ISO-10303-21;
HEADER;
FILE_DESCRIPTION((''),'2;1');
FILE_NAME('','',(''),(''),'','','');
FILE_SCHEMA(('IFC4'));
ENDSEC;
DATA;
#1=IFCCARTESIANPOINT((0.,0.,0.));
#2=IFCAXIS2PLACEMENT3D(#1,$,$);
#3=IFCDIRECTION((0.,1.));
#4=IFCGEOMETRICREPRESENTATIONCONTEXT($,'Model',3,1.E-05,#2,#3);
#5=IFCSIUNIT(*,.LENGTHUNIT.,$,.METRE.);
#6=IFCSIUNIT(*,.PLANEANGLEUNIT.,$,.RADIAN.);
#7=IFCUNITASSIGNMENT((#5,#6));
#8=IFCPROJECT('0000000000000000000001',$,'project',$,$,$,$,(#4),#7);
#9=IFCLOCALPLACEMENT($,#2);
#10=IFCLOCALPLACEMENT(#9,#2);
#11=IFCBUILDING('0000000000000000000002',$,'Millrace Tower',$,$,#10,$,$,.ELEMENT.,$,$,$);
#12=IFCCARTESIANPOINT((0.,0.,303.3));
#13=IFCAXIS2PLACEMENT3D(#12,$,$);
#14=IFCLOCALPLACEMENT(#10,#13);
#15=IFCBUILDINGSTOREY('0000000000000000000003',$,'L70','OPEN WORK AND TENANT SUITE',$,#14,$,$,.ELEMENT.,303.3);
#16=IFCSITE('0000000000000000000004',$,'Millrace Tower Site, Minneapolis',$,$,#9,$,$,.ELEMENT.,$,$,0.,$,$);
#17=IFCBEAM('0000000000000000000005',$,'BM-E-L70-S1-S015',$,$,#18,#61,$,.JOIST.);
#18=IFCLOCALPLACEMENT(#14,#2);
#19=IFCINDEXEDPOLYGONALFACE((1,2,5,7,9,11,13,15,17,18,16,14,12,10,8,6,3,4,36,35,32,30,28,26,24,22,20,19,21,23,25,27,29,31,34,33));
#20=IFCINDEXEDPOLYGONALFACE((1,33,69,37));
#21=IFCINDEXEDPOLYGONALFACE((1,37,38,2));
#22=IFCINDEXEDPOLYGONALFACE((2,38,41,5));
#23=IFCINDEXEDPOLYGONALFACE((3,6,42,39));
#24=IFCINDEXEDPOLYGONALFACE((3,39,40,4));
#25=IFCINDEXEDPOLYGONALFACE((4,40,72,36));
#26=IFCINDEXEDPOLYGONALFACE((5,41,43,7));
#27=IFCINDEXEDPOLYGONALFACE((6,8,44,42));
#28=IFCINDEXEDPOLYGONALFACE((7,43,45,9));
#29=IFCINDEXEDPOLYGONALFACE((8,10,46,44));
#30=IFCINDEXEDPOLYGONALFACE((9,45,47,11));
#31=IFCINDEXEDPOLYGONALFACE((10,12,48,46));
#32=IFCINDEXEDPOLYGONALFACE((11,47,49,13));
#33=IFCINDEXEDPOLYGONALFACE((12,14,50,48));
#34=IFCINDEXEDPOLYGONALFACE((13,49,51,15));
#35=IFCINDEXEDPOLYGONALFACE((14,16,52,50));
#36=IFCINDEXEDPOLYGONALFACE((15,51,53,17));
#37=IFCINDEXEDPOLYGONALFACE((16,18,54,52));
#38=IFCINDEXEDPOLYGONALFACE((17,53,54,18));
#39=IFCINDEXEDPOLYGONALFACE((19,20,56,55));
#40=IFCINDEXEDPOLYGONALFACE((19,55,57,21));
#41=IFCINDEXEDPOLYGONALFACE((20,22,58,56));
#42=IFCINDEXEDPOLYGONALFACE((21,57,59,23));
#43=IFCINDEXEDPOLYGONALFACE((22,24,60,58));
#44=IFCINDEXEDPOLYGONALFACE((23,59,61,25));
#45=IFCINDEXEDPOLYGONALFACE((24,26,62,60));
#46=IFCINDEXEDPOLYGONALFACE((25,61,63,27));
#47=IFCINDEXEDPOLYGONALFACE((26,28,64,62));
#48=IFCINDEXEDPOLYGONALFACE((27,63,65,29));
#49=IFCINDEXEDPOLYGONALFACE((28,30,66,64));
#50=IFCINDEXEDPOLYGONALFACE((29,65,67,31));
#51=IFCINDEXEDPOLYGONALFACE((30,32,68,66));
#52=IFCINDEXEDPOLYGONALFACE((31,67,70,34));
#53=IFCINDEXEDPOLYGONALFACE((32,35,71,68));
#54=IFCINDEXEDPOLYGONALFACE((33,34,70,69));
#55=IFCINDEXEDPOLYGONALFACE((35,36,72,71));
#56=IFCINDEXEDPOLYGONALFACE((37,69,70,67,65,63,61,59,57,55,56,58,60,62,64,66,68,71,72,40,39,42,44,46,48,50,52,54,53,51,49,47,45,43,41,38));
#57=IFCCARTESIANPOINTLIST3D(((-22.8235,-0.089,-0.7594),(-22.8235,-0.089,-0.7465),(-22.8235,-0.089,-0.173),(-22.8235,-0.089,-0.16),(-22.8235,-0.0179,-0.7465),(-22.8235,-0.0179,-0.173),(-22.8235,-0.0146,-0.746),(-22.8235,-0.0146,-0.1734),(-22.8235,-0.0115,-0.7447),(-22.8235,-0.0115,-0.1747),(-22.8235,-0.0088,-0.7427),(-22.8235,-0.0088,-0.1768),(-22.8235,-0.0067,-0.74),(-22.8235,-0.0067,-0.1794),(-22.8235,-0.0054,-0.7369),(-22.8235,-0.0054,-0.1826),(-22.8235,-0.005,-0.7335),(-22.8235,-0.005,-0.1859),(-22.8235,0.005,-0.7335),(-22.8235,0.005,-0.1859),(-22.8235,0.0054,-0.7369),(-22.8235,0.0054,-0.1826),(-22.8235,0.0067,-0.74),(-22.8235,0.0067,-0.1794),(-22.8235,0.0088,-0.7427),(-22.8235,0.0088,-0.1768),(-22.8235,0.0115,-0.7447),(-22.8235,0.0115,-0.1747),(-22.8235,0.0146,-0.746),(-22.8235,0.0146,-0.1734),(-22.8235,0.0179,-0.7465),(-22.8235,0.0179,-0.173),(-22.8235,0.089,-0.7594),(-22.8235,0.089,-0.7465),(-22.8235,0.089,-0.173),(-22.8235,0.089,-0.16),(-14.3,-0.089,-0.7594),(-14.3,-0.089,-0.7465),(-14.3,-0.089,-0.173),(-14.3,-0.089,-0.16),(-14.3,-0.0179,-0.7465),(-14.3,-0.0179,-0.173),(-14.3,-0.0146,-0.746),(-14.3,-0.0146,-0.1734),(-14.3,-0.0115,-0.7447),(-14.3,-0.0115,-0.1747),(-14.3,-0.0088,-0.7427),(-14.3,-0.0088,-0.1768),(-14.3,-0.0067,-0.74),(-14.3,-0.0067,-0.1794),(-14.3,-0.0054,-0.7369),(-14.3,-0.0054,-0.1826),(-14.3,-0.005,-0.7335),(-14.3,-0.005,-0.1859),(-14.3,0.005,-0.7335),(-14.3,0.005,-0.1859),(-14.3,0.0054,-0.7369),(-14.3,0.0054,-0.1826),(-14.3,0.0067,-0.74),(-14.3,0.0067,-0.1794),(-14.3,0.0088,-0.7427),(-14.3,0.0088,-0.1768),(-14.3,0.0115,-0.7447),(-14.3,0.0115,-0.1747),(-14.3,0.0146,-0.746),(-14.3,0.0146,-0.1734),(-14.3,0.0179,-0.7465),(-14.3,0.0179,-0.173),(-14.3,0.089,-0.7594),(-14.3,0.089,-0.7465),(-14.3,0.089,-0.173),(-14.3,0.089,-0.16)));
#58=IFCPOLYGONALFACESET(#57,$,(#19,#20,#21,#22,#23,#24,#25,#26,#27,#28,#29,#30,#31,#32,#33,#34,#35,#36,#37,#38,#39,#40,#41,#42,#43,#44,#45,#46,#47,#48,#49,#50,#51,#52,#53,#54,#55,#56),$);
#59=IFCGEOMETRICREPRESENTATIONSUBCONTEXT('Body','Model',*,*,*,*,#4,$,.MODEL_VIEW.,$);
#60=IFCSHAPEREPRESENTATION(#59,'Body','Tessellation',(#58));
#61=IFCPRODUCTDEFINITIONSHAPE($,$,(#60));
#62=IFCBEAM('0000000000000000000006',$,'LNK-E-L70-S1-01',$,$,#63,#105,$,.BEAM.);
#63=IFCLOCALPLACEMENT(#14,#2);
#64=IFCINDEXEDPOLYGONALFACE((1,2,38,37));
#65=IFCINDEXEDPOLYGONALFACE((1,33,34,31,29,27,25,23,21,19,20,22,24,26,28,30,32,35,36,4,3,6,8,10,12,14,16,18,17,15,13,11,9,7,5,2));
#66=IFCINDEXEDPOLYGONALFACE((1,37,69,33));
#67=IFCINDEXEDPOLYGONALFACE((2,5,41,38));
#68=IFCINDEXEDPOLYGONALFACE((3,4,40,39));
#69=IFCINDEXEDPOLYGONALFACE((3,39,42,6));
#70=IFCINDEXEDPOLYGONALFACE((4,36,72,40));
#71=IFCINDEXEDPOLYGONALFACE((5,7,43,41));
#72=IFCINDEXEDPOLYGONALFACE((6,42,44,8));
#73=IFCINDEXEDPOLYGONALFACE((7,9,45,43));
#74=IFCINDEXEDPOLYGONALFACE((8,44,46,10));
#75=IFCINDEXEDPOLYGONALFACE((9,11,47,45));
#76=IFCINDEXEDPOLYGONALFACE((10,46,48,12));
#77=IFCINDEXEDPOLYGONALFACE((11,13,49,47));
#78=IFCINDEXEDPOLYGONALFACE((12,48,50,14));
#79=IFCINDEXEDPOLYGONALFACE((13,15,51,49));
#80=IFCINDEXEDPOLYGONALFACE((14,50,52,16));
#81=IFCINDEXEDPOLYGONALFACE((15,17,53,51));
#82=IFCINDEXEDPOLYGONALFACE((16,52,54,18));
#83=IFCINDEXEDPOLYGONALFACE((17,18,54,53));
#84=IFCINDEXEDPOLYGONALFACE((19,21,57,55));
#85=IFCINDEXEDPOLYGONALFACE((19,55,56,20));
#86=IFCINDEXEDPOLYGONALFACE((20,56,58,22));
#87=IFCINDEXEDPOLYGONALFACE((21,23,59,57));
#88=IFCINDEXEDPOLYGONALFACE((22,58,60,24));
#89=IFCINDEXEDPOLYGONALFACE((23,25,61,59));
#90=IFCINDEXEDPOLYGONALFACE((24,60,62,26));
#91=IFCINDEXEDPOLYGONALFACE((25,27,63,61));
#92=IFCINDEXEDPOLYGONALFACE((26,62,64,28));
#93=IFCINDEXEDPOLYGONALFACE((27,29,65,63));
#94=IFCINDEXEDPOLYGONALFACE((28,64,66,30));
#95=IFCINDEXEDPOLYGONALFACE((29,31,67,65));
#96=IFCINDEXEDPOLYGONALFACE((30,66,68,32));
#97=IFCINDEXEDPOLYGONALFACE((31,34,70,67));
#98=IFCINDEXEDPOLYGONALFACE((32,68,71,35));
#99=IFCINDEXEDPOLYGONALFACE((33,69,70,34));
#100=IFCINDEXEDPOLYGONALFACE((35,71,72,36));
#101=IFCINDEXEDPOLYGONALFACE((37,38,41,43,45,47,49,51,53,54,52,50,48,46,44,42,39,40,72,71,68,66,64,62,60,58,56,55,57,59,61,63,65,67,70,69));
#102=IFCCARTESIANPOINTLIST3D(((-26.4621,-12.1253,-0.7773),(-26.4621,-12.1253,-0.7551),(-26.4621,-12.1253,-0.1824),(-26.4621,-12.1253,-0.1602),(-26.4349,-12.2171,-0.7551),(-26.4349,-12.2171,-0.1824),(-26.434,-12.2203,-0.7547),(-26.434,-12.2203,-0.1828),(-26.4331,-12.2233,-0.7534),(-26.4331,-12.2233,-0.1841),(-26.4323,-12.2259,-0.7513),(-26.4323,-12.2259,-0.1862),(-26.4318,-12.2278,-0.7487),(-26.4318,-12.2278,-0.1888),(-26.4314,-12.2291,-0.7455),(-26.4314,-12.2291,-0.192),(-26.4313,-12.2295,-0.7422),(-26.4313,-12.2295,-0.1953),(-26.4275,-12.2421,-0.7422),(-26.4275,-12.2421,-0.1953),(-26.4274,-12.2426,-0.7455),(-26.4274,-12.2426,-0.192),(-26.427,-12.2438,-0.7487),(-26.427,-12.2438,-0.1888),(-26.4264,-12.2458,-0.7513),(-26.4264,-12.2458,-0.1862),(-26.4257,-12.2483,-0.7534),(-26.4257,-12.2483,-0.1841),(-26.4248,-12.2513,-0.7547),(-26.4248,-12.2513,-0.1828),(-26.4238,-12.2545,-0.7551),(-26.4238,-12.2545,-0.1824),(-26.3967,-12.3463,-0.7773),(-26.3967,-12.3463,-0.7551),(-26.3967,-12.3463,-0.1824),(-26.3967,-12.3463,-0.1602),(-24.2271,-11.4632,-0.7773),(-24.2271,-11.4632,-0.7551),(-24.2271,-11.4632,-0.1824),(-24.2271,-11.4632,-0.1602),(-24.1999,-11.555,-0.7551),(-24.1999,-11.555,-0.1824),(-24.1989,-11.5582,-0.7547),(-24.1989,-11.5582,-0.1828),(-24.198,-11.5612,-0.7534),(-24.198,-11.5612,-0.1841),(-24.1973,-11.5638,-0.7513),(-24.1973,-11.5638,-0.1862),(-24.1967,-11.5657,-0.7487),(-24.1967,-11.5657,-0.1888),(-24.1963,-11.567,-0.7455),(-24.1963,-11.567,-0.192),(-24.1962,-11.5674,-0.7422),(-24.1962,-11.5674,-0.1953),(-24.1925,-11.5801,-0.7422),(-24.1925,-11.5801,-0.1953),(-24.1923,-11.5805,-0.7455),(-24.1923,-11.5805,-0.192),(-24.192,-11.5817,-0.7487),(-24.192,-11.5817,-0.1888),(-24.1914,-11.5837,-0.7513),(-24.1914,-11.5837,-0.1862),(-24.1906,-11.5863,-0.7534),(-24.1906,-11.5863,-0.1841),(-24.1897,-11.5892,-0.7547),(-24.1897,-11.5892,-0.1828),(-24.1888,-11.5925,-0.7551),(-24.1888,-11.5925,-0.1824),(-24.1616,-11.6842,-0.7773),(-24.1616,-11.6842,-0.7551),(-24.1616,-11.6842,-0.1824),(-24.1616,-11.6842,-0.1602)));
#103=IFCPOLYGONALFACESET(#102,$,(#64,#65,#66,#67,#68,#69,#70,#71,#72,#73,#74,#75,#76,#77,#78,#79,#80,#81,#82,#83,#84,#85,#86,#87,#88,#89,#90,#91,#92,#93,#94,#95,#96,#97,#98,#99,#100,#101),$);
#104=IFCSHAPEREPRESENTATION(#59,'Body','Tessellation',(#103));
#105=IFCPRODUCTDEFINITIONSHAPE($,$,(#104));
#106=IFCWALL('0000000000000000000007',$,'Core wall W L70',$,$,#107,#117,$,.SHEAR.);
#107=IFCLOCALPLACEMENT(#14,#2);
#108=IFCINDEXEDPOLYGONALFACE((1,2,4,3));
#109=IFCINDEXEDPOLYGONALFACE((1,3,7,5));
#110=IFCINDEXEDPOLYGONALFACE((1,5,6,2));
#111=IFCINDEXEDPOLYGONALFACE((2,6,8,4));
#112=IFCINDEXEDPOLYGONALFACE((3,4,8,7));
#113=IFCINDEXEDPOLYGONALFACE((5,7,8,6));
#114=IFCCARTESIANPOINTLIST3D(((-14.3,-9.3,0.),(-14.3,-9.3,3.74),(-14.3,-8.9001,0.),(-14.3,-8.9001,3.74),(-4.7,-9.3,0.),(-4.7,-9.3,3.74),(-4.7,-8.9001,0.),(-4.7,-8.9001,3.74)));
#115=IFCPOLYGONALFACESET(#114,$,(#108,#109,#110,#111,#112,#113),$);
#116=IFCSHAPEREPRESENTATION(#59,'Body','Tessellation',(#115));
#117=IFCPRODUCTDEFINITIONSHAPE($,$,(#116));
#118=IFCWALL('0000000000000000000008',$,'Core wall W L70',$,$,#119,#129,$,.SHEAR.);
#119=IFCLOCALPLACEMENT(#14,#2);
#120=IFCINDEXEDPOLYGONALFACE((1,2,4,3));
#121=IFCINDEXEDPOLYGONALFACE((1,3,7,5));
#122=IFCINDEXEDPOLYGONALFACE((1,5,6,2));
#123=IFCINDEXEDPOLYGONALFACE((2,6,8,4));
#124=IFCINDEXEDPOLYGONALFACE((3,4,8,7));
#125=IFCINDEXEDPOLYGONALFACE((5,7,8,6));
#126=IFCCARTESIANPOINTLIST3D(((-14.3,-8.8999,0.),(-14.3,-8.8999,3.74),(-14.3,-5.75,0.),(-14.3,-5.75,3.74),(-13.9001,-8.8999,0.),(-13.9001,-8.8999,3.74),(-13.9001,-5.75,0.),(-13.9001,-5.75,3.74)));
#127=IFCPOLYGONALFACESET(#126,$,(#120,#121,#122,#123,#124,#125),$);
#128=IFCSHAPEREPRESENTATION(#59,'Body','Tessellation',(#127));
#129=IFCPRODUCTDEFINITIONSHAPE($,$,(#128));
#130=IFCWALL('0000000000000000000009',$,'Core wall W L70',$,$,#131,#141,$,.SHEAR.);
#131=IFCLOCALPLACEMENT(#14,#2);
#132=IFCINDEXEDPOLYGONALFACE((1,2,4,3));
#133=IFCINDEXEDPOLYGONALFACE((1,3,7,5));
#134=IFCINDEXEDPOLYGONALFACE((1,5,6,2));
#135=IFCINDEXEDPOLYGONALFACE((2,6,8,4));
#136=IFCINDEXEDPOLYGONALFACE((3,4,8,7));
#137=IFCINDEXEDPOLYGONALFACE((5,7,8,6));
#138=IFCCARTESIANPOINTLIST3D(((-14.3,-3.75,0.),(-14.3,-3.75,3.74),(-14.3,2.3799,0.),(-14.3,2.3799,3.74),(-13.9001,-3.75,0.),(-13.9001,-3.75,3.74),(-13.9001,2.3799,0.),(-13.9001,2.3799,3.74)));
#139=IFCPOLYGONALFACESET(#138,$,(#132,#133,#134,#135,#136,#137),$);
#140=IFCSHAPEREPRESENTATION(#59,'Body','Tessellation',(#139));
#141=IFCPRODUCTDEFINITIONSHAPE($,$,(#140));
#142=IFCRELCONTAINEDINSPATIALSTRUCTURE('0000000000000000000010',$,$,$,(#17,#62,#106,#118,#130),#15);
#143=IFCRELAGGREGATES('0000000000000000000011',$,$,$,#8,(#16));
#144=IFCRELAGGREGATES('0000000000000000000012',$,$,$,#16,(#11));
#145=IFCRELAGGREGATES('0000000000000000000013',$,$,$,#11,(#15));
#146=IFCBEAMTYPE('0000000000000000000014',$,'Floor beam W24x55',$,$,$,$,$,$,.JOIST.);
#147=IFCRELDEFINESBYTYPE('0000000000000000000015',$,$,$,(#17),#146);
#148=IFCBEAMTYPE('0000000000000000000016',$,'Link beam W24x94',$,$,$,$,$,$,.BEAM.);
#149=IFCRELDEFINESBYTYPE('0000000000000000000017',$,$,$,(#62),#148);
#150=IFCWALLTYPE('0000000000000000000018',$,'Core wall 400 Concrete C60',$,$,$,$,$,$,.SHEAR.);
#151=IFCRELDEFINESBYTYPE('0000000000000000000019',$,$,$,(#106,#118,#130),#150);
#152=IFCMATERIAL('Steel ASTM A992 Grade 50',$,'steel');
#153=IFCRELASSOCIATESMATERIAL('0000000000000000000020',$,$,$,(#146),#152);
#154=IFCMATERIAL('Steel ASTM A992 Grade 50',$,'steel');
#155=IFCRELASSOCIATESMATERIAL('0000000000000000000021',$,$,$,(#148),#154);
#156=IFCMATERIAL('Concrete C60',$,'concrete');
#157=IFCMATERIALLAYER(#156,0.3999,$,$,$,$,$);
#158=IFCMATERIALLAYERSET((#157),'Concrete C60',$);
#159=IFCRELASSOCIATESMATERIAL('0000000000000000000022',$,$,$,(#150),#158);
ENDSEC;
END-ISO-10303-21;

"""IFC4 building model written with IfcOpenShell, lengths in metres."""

from ifc_helpers import new_model, si_unit, direction, frame, frame_2d, origin, origin_2d, place, context, subcontext, project, spatial, rectangle, i_section, extrude, material, layer, layer_set, material_profile, profile_set, type_object, element, save


model = new_model("IFC4")

# Units and contexts
model_context = context("Model", 3, precision=1e-05, world=origin(), true_north=direction((0.0, 1.0)))
body_context = subcontext(model_context, "Body", "Model", "MODEL_VIEW")
ifc_project = project(units=[si_unit("LENGTHUNIT", "METRE"), si_unit("PLANEANGLEUNIT", "RADIAN")], contexts=[model_context])

# Site, building, storey
site_placement = place(None, origin())
site = spatial("IfcSite", under=ifc_project, at=site_placement, Name="Millrace Tower Site, Minneapolis", CompositionType="ELEMENT", RefElevation=0.0)
building_placement = place(site_placement, origin())
building = spatial("IfcBuilding", under=site, at=building_placement, Name="Millrace Tower", CompositionType="ELEMENT")
storey_placement = place(building_placement, frame((0.0, 0.0, 303.3)))
storey = spatial("IfcBuildingStorey", under=building, at=storey_placement, Name="L70", Description="OPEN WORK AND TENANT SUITE", CompositionType="ELEMENT", Elevation=303.3)

# Beams
ifc_material_1 = material(Name="Steel ASTM A992 Grade 50", Category="steel")
ifc_material_profile_1 = material_profile(ifc_material_1, i_section(OverallWidth=0.178, OverallDepth=0.5994, WebThickness=0.01, FlangeThickness=0.0129, FilletRadius=0.0129, at=origin_2d()))
ifc_profile_set_1 = profile_set([ifc_material_profile_1], Name="Steel ASTM A992 Grade 50")
beam_type_1 = type_object("IfcBeamType", Name="Floor beam W24x55", PredefinedType="JOIST", material=ifc_profile_set_1)
beam_1_placement = place(storey_placement, frame((-22.8235, 0.0, -0.4597), z_axis=(1.0, 0.0, 0.0), x_axis=(0.0, 1.0, 0.0)))
element("IfcBeam", 1, at=beam_1_placement, inside=storey, type_object=beam_type_1, Name="BM-E-L70-S1-S015", PredefinedType="JOIST", context=body_context, shape_type="SweptSolid", body=[
    extrude(i_section(OverallWidth=0.178, OverallDepth=0.5994, WebThickness=0.01, FlangeThickness=0.0129, FilletRadius=0.0129, at=origin_2d()), origin(), (0.0, 0.0, 1.0), 8.5234),
])
ifc_material_2 = material(Name="Steel ASTM A992 Grade 50", Category="steel")
ifc_material_profile_2 = material_profile(ifc_material_2, i_section(OverallWidth=0.2305, OverallDepth=0.6172, WebThickness=0.0132, FlangeThickness=0.0222, FilletRadius=0.0129, at=origin_2d()))
ifc_profile_set_2 = profile_set([ifc_material_profile_2], Name="Steel ASTM A992 Grade 50")
beam_type_2 = type_object("IfcBeamType", Name="Link beam W24x94", PredefinedType="BEAM", material=ifc_profile_set_2)
beam_2_placement = place(storey_placement, frame((-24.1943, -11.5737, -0.4688), z_axis=(-0.958815, -0.284031, 0.0), x_axis=(0.284031, -0.958815, 0.0)))
element("IfcBeam", 2, at=beam_2_placement, inside=storey, type_object=beam_type_2, Name="LNK-E-L70-S1-01", PredefinedType="BEAM", context=body_context, shape_type="SweptSolid", body=[
    extrude(i_section(OverallWidth=0.2305, OverallDepth=0.6172, WebThickness=0.0132, FlangeThickness=0.0222, FilletRadius=0.0129, at=origin_2d()), origin(), (0.0, 0.0, 1.0), 2.3311),
])

# Walls
ifc_material_3 = material(Name="Concrete C60", Category="concrete")
ifc_layer_1 = layer(ifc_material_3, 0.3999)
ifc_layer_set_1 = layer_set([ifc_layer_1], Name="Concrete C60")
wall_type_1 = type_object("IfcWallType", Name="Core wall 400 Concrete C60", PredefinedType="SHEAR", material=ifc_layer_set_1)
wall_1_placement = place(storey_placement, frame((-14.3, -9.1001, 0.0), z_axis=(0.0, 0.0, 1.0), x_axis=(1.0, 0.0, 0.0)))
element("IfcWall", 3, at=wall_1_placement, inside=storey, type_object=wall_type_1, Name="Core wall W L70", PredefinedType="SHEAR", context=body_context, shape_type="SweptSolid", body=[
    extrude(rectangle(XDim=9.6001, YDim=0.3999, at=frame_2d((4.8, 0.0))), origin(), (0.0, 0.0, 1.0), 3.74),
])
wall_2_placement = place(storey_placement, frame((-14.1001, -8.8999, 0.0), z_axis=(0.0, 0.0, 1.0), x_axis=(0.0, 1.0, 0.0)))
element("IfcWall", 4, at=wall_2_placement, inside=storey, type_object=wall_type_1, Name="Core wall W L70", PredefinedType="SHEAR", context=body_context, shape_type="SweptSolid", body=[
    extrude(rectangle(XDim=3.1499, YDim=0.3999, at=frame_2d((1.575, 0.0))), origin(), (0.0, 0.0, 1.0), 3.74),
])
wall_3_placement = place(storey_placement, frame((-14.1001, -3.75, 0.0), z_axis=(0.0, 0.0, 1.0), x_axis=(0.0, 1.0, 0.0)))
element("IfcWall", 5, at=wall_3_placement, inside=storey, type_object=wall_type_1, Name="Core wall W L70", PredefinedType="SHEAR", context=body_context, shape_type="SweptSolid", body=[
    extrude(rectangle(XDim=6.1299, YDim=0.3999, at=frame_2d((3.0649, 0.0))), origin(), (0.0, 0.0, 1.0), 3.74),
])

save(model, "model.ifc")
